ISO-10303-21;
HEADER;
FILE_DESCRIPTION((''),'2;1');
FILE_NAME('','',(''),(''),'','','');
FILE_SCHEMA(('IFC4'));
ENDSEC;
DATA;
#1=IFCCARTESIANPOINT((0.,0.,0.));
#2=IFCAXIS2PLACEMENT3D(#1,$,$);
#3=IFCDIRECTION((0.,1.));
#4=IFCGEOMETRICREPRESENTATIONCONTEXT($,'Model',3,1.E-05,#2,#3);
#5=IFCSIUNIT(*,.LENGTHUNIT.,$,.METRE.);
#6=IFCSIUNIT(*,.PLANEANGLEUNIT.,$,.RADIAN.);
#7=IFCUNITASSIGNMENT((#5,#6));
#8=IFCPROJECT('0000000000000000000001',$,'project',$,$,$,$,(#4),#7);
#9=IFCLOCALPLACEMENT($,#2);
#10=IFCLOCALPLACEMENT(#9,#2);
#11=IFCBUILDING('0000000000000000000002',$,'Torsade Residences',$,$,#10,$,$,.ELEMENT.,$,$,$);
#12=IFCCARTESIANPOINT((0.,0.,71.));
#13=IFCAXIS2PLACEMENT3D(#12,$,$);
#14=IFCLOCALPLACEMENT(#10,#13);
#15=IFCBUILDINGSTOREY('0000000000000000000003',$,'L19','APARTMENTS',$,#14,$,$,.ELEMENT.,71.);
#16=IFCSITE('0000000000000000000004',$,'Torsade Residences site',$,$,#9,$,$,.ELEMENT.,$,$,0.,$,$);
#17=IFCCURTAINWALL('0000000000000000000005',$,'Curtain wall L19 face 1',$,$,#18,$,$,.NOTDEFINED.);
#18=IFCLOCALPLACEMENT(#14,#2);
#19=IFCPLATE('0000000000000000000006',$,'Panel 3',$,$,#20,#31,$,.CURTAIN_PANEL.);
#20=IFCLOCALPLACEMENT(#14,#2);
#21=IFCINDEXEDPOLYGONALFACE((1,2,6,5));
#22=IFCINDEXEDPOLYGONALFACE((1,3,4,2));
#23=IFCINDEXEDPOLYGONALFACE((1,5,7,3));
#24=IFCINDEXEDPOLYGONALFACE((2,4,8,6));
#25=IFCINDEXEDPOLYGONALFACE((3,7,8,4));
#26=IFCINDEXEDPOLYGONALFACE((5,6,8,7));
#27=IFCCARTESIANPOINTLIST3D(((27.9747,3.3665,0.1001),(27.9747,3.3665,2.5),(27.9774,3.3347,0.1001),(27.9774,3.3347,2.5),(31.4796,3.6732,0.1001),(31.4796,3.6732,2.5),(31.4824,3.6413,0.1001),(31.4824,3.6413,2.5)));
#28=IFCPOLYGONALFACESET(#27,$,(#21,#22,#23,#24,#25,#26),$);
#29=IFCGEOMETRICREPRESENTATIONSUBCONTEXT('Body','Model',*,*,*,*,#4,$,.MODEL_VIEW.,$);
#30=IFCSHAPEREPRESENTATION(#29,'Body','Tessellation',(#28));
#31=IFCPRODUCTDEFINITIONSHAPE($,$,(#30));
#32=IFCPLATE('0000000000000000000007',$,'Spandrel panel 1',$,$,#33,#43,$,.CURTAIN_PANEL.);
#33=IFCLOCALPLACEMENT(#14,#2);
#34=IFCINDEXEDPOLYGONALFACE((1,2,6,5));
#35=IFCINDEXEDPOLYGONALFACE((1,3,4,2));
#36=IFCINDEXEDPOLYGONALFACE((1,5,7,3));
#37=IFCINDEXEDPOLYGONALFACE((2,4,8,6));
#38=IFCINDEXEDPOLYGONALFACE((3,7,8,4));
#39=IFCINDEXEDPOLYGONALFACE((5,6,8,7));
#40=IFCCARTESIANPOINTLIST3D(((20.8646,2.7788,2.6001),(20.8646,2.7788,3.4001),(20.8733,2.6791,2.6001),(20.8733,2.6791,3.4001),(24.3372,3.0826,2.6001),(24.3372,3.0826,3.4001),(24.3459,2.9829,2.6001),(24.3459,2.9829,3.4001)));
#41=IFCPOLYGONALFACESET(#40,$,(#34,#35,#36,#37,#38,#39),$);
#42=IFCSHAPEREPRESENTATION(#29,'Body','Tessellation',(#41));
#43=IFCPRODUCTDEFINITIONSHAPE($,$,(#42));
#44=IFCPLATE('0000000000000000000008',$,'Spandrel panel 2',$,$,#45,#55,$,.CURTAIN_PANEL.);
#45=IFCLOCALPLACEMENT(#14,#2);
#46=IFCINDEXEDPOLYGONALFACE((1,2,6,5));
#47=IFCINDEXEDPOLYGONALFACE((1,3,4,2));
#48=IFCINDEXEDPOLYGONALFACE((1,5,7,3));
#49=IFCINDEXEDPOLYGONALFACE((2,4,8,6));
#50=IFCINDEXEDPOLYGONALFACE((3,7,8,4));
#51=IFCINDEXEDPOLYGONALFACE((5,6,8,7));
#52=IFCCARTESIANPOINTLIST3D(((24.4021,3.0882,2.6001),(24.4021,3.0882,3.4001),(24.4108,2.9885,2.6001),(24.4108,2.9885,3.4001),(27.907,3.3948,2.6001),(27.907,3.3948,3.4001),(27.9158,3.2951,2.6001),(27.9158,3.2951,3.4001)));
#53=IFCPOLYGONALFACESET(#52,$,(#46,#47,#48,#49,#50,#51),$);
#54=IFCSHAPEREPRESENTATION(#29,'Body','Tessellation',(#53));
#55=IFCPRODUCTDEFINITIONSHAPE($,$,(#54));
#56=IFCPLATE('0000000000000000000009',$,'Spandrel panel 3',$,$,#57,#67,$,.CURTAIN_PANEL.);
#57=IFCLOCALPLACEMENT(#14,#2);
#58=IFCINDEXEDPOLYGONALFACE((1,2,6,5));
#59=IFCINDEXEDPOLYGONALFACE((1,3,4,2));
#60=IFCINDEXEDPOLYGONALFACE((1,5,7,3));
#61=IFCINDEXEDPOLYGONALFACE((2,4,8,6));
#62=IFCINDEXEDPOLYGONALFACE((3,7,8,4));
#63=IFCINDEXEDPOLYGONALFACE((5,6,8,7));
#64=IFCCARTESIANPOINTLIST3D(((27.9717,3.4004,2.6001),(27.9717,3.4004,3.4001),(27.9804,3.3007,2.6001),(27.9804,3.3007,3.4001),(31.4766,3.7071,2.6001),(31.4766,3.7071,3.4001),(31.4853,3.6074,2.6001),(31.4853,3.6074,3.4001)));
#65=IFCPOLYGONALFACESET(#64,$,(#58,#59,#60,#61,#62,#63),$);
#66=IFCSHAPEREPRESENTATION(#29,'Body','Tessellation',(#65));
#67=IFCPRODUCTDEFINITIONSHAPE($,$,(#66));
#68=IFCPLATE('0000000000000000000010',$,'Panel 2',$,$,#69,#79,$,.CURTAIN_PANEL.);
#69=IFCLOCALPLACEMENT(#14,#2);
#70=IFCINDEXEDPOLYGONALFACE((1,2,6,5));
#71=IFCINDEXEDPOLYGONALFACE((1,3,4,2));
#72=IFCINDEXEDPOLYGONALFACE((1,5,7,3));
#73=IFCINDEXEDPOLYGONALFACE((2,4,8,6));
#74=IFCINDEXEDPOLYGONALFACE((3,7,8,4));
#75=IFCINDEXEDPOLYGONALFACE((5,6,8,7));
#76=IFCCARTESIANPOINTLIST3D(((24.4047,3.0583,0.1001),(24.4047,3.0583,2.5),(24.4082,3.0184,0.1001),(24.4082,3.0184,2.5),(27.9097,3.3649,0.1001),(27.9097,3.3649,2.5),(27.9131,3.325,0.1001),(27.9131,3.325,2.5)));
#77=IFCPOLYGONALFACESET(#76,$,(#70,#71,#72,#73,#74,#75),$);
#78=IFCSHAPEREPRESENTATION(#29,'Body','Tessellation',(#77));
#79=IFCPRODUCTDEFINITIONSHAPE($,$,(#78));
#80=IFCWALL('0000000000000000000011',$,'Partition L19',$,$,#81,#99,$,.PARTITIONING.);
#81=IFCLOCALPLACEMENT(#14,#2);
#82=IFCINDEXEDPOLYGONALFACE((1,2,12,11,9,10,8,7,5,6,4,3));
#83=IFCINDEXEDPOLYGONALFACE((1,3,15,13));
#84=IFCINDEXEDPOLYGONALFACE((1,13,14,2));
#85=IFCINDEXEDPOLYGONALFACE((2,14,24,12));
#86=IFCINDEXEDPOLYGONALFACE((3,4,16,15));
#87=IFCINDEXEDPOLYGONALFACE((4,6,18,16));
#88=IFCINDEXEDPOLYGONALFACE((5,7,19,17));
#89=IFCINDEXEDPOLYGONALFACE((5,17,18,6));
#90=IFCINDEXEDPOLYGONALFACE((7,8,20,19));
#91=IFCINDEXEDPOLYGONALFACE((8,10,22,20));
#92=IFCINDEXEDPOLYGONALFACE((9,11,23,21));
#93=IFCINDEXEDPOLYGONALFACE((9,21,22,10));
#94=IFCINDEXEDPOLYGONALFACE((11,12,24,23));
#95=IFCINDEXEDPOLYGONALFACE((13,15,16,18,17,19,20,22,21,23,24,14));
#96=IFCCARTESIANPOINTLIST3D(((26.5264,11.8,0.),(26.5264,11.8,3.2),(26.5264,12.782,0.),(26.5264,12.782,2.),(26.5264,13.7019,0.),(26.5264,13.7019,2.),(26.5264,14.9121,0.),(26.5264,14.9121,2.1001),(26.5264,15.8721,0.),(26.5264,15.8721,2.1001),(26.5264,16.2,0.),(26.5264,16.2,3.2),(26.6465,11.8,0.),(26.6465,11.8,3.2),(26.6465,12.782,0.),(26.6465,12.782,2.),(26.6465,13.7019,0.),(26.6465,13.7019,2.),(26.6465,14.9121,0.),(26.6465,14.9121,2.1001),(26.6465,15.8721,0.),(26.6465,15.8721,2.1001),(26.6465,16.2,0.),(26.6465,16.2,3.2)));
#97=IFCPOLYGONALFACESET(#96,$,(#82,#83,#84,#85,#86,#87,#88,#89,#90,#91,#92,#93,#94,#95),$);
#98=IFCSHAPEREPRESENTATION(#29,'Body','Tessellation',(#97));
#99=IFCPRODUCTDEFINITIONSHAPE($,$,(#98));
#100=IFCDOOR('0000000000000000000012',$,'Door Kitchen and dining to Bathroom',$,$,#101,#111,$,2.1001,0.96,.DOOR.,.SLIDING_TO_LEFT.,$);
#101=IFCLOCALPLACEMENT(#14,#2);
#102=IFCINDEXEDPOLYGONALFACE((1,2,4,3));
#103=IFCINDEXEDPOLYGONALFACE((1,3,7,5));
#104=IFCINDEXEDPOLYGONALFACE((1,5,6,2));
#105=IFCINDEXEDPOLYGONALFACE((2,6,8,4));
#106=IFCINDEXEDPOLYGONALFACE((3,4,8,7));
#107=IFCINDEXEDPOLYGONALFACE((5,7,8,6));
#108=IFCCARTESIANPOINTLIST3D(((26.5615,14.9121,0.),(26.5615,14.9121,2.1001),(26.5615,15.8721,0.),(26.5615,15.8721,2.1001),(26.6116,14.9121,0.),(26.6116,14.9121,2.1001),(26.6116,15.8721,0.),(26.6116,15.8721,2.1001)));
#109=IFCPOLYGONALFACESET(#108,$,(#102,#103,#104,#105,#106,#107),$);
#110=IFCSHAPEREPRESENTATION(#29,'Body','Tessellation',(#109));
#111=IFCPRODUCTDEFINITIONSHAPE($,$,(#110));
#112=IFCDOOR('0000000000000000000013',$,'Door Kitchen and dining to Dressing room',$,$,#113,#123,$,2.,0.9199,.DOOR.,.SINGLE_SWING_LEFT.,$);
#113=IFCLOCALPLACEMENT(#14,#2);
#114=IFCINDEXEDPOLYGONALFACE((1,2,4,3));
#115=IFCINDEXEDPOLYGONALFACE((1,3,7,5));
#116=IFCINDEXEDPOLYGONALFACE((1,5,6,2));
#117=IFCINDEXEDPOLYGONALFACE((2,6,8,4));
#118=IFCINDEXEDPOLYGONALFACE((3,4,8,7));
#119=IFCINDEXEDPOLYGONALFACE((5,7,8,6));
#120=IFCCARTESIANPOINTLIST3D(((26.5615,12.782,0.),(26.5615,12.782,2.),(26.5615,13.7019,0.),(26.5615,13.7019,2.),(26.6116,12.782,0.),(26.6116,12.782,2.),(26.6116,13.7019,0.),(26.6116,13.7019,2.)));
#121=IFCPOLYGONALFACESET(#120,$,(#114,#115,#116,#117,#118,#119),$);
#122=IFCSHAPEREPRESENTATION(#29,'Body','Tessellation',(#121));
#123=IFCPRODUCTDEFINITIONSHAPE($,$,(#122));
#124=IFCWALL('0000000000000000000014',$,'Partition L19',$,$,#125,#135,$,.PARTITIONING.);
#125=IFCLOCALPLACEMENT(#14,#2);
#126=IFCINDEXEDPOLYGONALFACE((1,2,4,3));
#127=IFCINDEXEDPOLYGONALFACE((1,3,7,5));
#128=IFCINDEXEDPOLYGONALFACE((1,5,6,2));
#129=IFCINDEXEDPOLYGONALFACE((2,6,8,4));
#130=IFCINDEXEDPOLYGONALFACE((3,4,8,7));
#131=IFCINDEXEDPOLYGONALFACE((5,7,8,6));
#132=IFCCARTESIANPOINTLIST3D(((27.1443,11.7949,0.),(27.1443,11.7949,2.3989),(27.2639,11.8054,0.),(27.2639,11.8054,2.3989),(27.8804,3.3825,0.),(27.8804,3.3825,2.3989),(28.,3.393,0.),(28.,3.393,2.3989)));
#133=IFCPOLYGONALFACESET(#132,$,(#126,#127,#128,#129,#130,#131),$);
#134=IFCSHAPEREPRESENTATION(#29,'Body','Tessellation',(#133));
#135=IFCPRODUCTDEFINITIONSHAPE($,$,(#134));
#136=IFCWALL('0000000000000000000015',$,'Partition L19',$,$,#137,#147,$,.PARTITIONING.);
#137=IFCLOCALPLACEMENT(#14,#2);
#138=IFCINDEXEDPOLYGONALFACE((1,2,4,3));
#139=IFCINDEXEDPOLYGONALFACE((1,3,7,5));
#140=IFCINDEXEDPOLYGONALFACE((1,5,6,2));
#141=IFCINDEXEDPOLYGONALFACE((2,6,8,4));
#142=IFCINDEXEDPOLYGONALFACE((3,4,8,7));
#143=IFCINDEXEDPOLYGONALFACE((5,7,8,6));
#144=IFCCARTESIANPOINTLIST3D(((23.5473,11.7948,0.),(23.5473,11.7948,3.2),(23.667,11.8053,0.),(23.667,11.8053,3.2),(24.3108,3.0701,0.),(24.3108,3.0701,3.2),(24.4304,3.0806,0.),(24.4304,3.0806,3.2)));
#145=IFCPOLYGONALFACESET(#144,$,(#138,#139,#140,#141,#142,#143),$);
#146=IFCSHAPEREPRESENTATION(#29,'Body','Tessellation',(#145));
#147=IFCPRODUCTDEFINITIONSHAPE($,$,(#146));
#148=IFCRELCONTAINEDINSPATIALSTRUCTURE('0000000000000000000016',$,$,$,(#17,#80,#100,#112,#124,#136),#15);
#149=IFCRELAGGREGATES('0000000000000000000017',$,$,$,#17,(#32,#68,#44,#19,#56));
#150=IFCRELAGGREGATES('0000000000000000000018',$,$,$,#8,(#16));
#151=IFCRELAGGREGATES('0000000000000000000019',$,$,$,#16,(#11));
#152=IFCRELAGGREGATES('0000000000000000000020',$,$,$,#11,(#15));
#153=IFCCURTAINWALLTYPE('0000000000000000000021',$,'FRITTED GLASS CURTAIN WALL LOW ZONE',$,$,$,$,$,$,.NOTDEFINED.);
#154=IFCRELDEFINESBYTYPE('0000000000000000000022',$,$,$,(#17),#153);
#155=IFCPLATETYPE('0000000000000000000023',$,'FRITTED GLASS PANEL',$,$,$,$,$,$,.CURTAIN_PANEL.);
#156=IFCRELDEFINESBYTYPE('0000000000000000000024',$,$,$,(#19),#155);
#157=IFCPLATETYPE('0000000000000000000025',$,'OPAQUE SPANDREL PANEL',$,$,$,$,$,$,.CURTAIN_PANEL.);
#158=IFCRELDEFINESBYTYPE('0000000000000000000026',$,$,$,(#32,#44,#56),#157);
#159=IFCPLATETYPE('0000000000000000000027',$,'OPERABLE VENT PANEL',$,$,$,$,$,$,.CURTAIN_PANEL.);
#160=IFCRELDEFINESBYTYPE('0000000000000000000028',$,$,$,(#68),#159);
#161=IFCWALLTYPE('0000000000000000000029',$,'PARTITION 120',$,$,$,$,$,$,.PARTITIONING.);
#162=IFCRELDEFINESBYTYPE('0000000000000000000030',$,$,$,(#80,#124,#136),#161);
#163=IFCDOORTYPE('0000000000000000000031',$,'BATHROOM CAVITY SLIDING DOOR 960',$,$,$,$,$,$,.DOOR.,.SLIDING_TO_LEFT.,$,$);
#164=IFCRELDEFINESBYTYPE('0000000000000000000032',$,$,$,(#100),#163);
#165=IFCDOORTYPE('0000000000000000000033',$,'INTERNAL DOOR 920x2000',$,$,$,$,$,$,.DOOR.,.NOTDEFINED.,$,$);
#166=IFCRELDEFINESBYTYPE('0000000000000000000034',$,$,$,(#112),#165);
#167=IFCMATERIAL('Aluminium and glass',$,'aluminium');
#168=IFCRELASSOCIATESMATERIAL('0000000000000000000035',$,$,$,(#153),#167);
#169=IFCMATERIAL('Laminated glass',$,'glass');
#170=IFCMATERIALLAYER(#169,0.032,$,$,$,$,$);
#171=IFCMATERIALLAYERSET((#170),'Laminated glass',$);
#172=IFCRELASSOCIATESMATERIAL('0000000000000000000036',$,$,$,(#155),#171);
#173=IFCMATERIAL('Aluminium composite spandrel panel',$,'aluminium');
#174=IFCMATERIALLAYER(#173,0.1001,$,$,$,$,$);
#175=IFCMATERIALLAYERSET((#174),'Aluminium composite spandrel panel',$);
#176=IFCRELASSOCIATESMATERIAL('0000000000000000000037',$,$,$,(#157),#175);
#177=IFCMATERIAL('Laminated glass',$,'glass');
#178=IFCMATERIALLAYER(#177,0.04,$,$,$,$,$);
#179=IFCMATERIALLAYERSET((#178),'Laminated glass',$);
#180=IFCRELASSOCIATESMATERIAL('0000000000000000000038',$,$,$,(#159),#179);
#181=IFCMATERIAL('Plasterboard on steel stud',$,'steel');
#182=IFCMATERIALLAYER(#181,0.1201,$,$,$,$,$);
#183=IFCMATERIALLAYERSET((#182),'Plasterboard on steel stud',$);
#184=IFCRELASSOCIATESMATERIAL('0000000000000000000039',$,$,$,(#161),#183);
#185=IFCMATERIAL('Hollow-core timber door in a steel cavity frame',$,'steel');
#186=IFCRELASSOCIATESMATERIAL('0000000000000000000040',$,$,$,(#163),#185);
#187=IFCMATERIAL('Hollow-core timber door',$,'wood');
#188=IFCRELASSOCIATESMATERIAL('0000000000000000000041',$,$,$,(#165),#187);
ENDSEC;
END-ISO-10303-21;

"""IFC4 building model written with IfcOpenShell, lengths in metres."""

from ifc_helpers import new_model, si_unit, direction, frame, frame_2d, origin, origin_2d, place, context, subcontext, project, spatial, rectangle, extrude, material, layer, layer_set, type_object, element, fill, aggregate, save


model = new_model("IFC4")

# Units and contexts
model_context = context("Model", 3, precision=1e-05, world=origin(), true_north=direction((0.0, 1.0)))
body_context = subcontext(model_context, "Body", "Model", "MODEL_VIEW")
ifc_project = project(units=[si_unit("LENGTHUNIT", "METRE"), si_unit("PLANEANGLEUNIT", "RADIAN")], contexts=[model_context])

# Site, building, storey
site_placement = place(None, origin())
site = spatial("IfcSite", under=ifc_project, at=site_placement, Name="Torsade Residences site", CompositionType="ELEMENT", RefElevation=0.0)
building_placement = place(site_placement, origin())
building = spatial("IfcBuilding", under=site, at=building_placement, Name="Torsade Residences", CompositionType="ELEMENT")
storey_placement = place(building_placement, frame((0.0, 0.0, 71.0)))
storey = spatial("IfcBuildingStorey", under=building, at=storey_placement, Name="L19", Description="APARTMENTS", CompositionType="ELEMENT", Elevation=71.0)

# Curtain wall
ifc_material_1 = material(Name="Aluminium and glass", Category="aluminium")
curtain_wall_type = type_object("IfcCurtainWallType", Name="FRITTED GLASS CURTAIN WALL LOW ZONE", PredefinedType="NOTDEFINED", material=ifc_material_1)
curtain_wall_placement = place(storey_placement, origin())
curtain_wall = element("IfcCurtainWall", 1, at=curtain_wall_placement, inside=storey, type_object=curtain_wall_type, Name="Curtain wall L19 face 1", PredefinedType="NOTDEFINED")

# Plates
ifc_material_2 = material(Name="Laminated glass", Category="glass")
ifc_layer_1 = layer(ifc_material_2, 0.032)
ifc_layer_set_1 = layer_set([ifc_layer_1], Name="Laminated glass")
plate_type_1 = type_object("IfcPlateType", Name="FRITTED GLASS PANEL", PredefinedType="CURTAIN_PANEL", material=ifc_layer_set_1)
plate_1_placement = place(storey_placement, frame((29.7285, 3.5039, 0.1001), z_axis=(0.0, 0.0, 1.0), x_axis=(0.996195, 0.087156, 0.0)))
plate_1 = element("IfcPlate", 2, at=plate_1_placement, type_object=plate_type_1, Name="Panel 3", PredefinedType="CURTAIN_PANEL", context=body_context, shape_type="SweptSolid", body=[
    extrude(rectangle(XDim=3.5183, YDim=0.032, at=origin_2d()), origin(), (0.0, 0.0, 1.0), 2.3999),
])
ifc_material_3 = material(Name="Aluminium composite spandrel panel", Category="aluminium")
ifc_layer_2 = layer(ifc_material_3, 0.1001)
ifc_layer_set_2 = layer_set([ifc_layer_2], Name="Aluminium composite spandrel panel")
plate_type_2 = type_object("IfcPlateType", Name="OPAQUE SPANDREL PANEL", PredefinedType="CURTAIN_PANEL", material=ifc_layer_set_2)
plate_2_placement = place(storey_placement, frame((22.6052, 2.8809, 2.6001), z_axis=(0.0, 0.0, 1.0), x_axis=(0.996195, 0.087156, 0.0)))
plate_2 = element("IfcPlate", 3, at=plate_2_placement, type_object=plate_type_2, Name="Spandrel panel 1", PredefinedType="CURTAIN_PANEL", context=body_context, shape_type="SweptSolid", body=[
    extrude(rectangle(XDim=3.4858, YDim=0.1001, at=origin_2d()), origin(), (0.0, 0.0, 1.0), 0.8),
])
plate_3_placement = place(storey_placement, frame((26.1589, 3.1917, 2.6001), z_axis=(0.0, 0.0, 1.0), x_axis=(0.996195, 0.087156, 0.0)))
plate_3 = element("IfcPlate", 4, at=plate_3_placement, type_object=plate_type_2, Name="Spandrel panel 2", PredefinedType="CURTAIN_PANEL", context=body_context, shape_type="SweptSolid", body=[
    extrude(rectangle(XDim=3.5183, YDim=0.1001, at=origin_2d()), origin(), (0.0, 0.0, 1.0), 0.8),
])
plate_4_placement = place(storey_placement, frame((29.7285, 3.5039, 2.6001), z_axis=(0.0, 0.0, 1.0), x_axis=(0.996195, 0.087156, 0.0)))
plate_4 = element("IfcPlate", 5, at=plate_4_placement, type_object=plate_type_2, Name="Spandrel panel 3", PredefinedType="CURTAIN_PANEL", context=body_context, shape_type="SweptSolid", body=[
    extrude(rectangle(XDim=3.5183, YDim=0.1001, at=origin_2d()), origin(), (0.0, 0.0, 1.0), 0.8),
])
ifc_material_4 = material(Name="Laminated glass", Category="glass")
ifc_layer_3 = layer(ifc_material_4, 0.04)
ifc_layer_set_3 = layer_set([ifc_layer_3], Name="Laminated glass")
plate_type_3 = type_object("IfcPlateType", Name="OPERABLE VENT PANEL", PredefinedType="CURTAIN_PANEL", material=ifc_layer_set_3)
plate_5_placement = place(storey_placement, frame((26.1589, 3.1917, 0.1001), z_axis=(0.0, 0.0, 1.0), x_axis=(0.996195, 0.087156, 0.0)))
plate_5 = element("IfcPlate", 6, at=plate_5_placement, type_object=plate_type_3, Name="Panel 2", PredefinedType="CURTAIN_PANEL", context=body_context, shape_type="SweptSolid", body=[
    extrude(rectangle(XDim=3.5183, YDim=0.04, at=origin_2d()), origin(), (0.0, 0.0, 1.0), 2.3999),
])
aggregate(curtain_wall, [plate_2, plate_5, plate_3, plate_1, plate_4])

# Wall, openings, doors
ifc_material_5 = material(Name="Plasterboard on steel stud", Category="steel")
ifc_layer_4 = layer(ifc_material_5, 0.1201)
ifc_layer_set_4 = layer_set([ifc_layer_4], Name="Plasterboard on steel stud")
wall_type = type_object("IfcWallType", Name="PARTITION 120", PredefinedType="PARTITIONING", material=ifc_layer_set_4)
wall_1_placement = place(storey_placement, frame((26.5864, 11.8, 0.0), z_axis=(0.0, 0.0, 1.0), x_axis=(0.0, 1.0, 0.0)))
wall_1 = element("IfcWall", 7, at=wall_1_placement, inside=storey, type_object=wall_type, Name="Partition L19", PredefinedType="PARTITIONING", context=body_context, shape_type="SweptSolid", body=[
    extrude(rectangle(XDim=4.3999, YDim=0.1201, at=frame_2d((2.2, 0.0))), origin(), (0.0, 0.0, 1.0), 3.2),
])
opening_1_placement = place(wall_1_placement, frame((0.9819, 0.0, 0.0)))
opening_1 = element("IfcOpeningElement", 8, at=opening_1_placement, cuts=wall_1, PredefinedType="OPENING", context=body_context, shape_type="SweptSolid", body=[
    extrude(rectangle(XDim=0.9199, YDim=2.0, at=frame_2d((0.46, 1.0))), frame((0.0, 0.0701, 0.0), z_axis=(0.0, -1.0, 0.0), x_axis=(1.0, 0.0, 0.0)), (0.0, 0.0, 1.0), 0.1401),
])
opening_2_placement = place(wall_1_placement, frame((3.1121, 0.0, 0.0)))
opening_2 = element("IfcOpeningElement", 9, at=opening_2_placement, cuts=wall_1, PredefinedType="OPENING", context=body_context, shape_type="SweptSolid", body=[
    extrude(rectangle(XDim=0.96, YDim=2.1001, at=frame_2d((0.48, 1.05))), frame((0.0, 0.0701, 0.0), z_axis=(0.0, -1.0, 0.0), x_axis=(1.0, 0.0, 0.0)), (0.0, 0.0, 1.0), 0.1401),
])
ifc_material_6 = material(Name="Hollow-core timber door in a steel cavity frame", Category="steel")
door_type_1 = type_object("IfcDoorType", Name="BATHROOM CAVITY SLIDING DOOR 960", OperationType="SLIDING_TO_LEFT", PredefinedType="DOOR", material=ifc_material_6)
door_1_placement = place(opening_2_placement, origin())
door_1 = element("IfcDoor", 10, at=door_1_placement, inside=storey, type_object=door_type_1, Name="Door Kitchen and dining to Bathroom", OperationType="SLIDING_TO_LEFT", OverallHeight=2.1001, OverallWidth=0.96, PredefinedType="DOOR", context=body_context, shape_type="SweptSolid", body=[
    extrude(rectangle(XDim=0.96, YDim=2.1001, at=frame_2d((0.48, 1.05))), frame((0.0, 0.0249, 0.0), z_axis=(0.0, -1.0, 0.0), x_axis=(1.0, 0.0, 0.0)), (0.0, 0.0, 1.0), 0.05),
])
fill(opening_2, door_1)
ifc_material_7 = material(Name="Hollow-core timber door", Category="wood")
door_type_2 = type_object("IfcDoorType", Name="INTERNAL DOOR 920x2000", OperationType="NOTDEFINED", PredefinedType="DOOR", material=ifc_material_7)
door_2_placement = place(opening_1_placement, origin())
door_2 = element("IfcDoor", 11, at=door_2_placement, inside=storey, type_object=door_type_2, Name="Door Kitchen and dining to Dressing room", OperationType="SINGLE_SWING_LEFT", OverallHeight=2.0, OverallWidth=0.9199, PredefinedType="DOOR", context=body_context, shape_type="SweptSolid", body=[
    extrude(rectangle(XDim=0.9199, YDim=2.0, at=frame_2d((0.46, 1.0))), frame((0.0, 0.0249, 0.0), z_axis=(0.0, -1.0, 0.0), x_axis=(1.0, 0.0, 0.0)), (0.0, 0.0, 1.0), 0.05),
])
fill(opening_1, door_2)

# Walls
wall_2_placement = place(storey_placement, frame((27.2041, 11.8, 0.0), z_axis=(0.0, 0.0, 1.0), x_axis=(0.087167, -0.996194, 0.0)))
element("IfcWall", 12, at=wall_2_placement, inside=storey, type_object=wall_type, Name="Partition L19", PredefinedType="PARTITIONING", context=body_context, shape_type="SweptSolid", body=[
    extrude(rectangle(XDim=8.4446, YDim=0.1201, at=frame_2d((4.2222, 0.0))), origin(), (0.0, 0.0, 1.0), 2.3989),
])
wall_3_placement = place(storey_placement, frame((24.3706, 3.0754, 0.0), z_axis=(0.0, 0.0, 1.0), x_axis=(-0.08717, 0.996193, 0.0)))
element("IfcWall", 13, at=wall_3_placement, inside=storey, type_object=wall_type, Name="Partition L19", PredefinedType="PARTITIONING", context=body_context, shape_type="SweptSolid", body=[
    extrude(rectangle(XDim=8.7581, YDim=0.1201, at=frame_2d((4.3789, 0.0))), origin(), (0.0, 0.0, 1.0), 3.2),
])

save(model, "model.ifc")
